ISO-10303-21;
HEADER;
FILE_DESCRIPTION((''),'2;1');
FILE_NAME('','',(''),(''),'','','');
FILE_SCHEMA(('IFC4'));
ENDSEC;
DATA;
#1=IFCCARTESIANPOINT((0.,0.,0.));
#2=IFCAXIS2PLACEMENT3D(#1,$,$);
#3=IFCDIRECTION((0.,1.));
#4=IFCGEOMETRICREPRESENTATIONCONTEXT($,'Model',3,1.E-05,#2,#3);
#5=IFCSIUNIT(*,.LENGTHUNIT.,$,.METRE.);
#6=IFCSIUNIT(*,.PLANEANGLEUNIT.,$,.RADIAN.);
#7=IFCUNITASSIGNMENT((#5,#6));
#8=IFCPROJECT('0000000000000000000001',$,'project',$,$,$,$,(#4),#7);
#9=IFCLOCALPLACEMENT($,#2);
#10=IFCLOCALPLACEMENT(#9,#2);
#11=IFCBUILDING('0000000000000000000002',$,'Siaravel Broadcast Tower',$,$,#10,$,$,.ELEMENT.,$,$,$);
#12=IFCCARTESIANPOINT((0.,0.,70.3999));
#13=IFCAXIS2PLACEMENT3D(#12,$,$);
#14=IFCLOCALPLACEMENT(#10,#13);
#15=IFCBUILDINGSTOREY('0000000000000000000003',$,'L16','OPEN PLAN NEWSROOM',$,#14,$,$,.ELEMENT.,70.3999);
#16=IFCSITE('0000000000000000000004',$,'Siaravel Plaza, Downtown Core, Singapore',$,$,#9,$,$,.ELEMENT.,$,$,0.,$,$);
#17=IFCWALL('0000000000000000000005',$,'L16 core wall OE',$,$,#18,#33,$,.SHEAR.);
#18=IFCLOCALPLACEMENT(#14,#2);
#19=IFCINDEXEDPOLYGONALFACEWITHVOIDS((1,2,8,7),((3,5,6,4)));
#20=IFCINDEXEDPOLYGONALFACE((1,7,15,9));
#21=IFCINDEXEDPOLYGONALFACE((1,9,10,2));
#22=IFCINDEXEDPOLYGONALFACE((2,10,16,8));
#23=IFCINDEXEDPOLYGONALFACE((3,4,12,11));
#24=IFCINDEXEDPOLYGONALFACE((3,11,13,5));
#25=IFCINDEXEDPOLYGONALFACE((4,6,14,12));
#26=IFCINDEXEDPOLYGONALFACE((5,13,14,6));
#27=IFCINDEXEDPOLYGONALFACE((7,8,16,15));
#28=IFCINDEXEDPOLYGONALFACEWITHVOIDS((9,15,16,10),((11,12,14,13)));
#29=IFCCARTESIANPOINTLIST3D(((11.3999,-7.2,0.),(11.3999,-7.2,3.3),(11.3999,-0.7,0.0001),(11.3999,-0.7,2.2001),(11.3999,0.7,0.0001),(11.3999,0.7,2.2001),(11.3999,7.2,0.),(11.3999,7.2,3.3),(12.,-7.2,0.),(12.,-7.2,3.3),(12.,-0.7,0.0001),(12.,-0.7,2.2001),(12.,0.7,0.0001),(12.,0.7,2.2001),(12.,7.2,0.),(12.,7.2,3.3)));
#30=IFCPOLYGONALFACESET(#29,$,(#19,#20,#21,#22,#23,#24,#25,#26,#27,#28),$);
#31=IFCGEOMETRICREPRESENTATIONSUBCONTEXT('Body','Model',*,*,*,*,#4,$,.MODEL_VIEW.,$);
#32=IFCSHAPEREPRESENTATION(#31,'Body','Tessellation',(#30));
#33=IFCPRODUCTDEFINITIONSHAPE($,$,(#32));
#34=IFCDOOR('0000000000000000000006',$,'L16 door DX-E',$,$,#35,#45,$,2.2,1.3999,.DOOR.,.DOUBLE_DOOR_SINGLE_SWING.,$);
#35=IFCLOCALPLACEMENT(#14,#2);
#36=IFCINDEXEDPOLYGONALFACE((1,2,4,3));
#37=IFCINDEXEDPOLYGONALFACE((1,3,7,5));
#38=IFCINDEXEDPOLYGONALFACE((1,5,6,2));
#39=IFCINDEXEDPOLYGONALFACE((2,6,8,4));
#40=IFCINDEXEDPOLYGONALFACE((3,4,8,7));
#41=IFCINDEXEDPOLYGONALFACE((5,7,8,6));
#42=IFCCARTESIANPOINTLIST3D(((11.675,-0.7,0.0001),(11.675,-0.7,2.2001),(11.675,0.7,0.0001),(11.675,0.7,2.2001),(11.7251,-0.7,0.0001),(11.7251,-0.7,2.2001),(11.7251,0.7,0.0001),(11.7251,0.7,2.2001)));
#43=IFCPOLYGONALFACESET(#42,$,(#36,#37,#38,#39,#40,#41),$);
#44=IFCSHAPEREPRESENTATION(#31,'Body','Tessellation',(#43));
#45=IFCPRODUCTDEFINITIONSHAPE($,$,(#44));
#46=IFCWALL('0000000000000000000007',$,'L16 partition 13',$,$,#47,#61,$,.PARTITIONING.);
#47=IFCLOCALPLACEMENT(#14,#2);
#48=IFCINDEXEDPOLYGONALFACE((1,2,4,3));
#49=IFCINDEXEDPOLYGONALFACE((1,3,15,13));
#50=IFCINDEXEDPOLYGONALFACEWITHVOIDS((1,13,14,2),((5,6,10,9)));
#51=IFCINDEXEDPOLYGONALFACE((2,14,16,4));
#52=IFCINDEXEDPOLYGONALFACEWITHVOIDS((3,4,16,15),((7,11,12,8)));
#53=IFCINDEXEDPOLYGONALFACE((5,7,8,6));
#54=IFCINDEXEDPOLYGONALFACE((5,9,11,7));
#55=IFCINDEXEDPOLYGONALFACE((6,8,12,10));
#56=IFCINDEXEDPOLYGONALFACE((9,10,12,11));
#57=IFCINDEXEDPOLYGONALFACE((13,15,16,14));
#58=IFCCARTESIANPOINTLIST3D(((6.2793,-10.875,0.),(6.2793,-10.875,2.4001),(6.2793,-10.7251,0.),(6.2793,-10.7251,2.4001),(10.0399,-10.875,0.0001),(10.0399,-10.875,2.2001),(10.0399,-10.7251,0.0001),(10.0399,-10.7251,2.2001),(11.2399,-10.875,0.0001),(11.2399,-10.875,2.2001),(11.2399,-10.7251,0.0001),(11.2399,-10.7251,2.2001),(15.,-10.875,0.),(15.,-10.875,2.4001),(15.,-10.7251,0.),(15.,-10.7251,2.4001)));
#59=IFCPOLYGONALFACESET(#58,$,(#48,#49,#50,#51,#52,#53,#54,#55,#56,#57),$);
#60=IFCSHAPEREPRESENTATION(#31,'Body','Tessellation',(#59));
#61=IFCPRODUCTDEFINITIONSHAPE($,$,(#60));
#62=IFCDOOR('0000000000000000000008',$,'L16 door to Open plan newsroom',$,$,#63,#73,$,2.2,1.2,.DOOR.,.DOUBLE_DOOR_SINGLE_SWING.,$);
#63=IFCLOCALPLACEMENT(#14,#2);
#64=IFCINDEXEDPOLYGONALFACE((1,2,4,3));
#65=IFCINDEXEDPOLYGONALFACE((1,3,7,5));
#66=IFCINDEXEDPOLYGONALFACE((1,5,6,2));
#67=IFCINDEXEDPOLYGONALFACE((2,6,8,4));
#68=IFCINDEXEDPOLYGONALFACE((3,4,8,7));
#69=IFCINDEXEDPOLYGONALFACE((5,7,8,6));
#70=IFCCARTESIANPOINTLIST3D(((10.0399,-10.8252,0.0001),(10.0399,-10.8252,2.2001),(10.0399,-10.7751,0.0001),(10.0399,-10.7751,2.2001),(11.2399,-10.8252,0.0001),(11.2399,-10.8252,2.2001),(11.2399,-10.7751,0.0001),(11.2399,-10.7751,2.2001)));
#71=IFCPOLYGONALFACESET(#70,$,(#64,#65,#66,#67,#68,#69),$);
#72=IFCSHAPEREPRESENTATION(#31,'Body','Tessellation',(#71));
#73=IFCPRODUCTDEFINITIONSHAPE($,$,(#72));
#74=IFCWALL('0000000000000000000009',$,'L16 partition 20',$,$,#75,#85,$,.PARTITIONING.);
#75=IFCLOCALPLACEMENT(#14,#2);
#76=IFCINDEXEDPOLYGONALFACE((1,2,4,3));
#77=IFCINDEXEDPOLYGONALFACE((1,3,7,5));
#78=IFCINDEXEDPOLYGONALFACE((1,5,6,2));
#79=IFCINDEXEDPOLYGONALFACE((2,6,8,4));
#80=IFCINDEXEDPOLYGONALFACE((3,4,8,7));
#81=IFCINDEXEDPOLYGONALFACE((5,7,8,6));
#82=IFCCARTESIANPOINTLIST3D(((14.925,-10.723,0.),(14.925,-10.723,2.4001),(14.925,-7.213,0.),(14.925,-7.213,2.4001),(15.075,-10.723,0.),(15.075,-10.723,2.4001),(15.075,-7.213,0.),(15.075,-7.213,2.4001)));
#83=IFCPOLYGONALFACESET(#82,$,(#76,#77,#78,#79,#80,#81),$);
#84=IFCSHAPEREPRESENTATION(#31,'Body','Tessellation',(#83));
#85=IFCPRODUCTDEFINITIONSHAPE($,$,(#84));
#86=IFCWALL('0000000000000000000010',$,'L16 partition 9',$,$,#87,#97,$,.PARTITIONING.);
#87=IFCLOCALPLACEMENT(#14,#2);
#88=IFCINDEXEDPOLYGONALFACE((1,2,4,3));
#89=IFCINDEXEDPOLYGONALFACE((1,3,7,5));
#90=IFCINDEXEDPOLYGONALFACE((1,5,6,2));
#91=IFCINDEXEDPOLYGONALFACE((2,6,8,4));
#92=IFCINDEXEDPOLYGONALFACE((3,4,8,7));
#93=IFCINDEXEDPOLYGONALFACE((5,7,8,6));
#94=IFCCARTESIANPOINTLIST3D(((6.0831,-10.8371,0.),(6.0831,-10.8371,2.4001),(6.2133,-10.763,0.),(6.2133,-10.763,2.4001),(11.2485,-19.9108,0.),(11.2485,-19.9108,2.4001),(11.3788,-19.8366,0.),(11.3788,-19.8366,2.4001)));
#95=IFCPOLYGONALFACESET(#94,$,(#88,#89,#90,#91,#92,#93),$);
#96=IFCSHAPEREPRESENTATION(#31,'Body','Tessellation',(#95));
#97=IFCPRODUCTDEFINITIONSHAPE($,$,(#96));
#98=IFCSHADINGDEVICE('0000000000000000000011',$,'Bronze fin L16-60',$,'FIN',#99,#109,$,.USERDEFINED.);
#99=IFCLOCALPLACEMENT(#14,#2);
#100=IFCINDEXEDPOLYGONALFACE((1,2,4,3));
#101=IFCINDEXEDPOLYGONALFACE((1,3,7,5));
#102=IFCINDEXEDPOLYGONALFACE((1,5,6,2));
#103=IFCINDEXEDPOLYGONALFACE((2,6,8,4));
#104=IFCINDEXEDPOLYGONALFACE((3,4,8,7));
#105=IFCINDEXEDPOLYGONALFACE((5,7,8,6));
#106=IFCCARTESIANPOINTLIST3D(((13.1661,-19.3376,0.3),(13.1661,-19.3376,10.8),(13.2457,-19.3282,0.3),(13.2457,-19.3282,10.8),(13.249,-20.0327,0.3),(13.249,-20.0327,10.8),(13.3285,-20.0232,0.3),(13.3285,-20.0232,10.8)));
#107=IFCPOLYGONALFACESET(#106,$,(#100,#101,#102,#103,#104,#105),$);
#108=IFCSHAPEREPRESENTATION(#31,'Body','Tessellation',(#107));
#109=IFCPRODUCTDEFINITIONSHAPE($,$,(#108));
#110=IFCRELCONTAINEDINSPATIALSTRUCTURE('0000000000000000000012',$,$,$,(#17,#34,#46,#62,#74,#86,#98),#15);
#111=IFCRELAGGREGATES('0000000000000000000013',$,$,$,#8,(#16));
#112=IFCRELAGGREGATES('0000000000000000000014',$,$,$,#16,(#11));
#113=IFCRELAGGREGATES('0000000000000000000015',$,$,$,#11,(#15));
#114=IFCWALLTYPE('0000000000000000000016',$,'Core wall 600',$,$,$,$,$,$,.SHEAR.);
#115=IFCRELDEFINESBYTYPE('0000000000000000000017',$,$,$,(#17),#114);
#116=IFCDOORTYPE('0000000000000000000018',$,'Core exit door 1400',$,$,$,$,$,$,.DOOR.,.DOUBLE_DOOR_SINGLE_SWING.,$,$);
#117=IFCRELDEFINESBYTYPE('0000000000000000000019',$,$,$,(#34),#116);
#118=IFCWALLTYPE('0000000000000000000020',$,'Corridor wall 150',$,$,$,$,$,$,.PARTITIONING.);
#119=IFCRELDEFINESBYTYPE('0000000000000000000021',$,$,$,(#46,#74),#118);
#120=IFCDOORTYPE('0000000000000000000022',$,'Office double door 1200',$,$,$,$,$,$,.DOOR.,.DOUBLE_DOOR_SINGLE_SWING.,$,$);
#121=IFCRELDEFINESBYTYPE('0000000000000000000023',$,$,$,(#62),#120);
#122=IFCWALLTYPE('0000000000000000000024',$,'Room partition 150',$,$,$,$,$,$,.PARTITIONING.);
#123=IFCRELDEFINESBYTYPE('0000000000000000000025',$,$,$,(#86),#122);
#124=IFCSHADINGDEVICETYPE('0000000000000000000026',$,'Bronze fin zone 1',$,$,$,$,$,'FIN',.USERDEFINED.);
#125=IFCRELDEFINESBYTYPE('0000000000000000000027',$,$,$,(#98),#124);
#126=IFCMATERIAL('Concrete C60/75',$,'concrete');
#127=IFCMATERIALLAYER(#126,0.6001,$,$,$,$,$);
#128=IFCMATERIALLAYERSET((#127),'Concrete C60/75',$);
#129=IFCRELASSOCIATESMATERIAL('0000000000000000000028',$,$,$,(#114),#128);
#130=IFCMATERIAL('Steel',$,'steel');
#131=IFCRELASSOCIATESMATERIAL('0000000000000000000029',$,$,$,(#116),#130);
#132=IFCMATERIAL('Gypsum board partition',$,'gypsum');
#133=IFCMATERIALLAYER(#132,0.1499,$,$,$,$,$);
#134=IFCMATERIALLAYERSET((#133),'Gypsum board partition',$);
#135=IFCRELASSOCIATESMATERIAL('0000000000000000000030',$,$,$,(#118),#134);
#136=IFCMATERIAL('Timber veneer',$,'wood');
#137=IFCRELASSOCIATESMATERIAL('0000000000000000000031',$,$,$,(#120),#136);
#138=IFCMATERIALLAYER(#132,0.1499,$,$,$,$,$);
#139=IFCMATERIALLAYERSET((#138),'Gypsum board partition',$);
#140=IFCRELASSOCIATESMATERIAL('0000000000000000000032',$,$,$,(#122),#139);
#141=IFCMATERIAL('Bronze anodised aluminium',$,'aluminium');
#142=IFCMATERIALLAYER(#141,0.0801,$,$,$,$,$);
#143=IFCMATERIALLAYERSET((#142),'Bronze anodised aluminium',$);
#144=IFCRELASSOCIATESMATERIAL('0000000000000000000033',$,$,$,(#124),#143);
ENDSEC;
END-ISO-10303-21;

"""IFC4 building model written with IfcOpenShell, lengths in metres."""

from ifc_helpers import new_model, si_unit, direction, frame, frame_2d, origin, origin_2d, place, context, subcontext, project, spatial, rectangle, extrude, material, layer, layer_set, type_object, element, fill, save


model = new_model("IFC4")

# Units and contexts
model_context = context("Model", 3, precision=1e-05, world=origin(), true_north=direction((0.0, 1.0)))
body_context = subcontext(model_context, "Body", "Model", "MODEL_VIEW")
ifc_project = project(units=[si_unit("LENGTHUNIT", "METRE"), si_unit("PLANEANGLEUNIT", "RADIAN")], contexts=[model_context])

# Site, building, storey
site_placement = place(None, origin())
site = spatial("IfcSite", under=ifc_project, at=site_placement, Name="Siaravel Plaza, Downtown Core, Singapore", CompositionType="ELEMENT", RefElevation=0.0)
building_placement = place(site_placement, origin())
building = spatial("IfcBuilding", under=site, at=building_placement, Name="Siaravel Broadcast Tower", CompositionType="ELEMENT")
storey_placement = place(building_placement, frame((0.0, 0.0, 70.3999)))
storey = spatial("IfcBuildingStorey", under=building, at=storey_placement, Name="L16", Description="OPEN PLAN NEWSROOM", CompositionType="ELEMENT", Elevation=70.3999)

# Walls, openings, doors
ifc_material_1 = material(Name="Concrete C60/75", Category="concrete")
ifc_layer_1 = layer(ifc_material_1, 0.6001)
ifc_layer_set_1 = layer_set([ifc_layer_1], Name="Concrete C60/75")
wall_type_1 = type_object("IfcWallType", Name="Core wall 600", PredefinedType="SHEAR", material=ifc_layer_set_1)
wall_1_placement = place(storey_placement, frame((11.7, -7.2, 0.0), z_axis=(0.0, 0.0, 1.0), x_axis=(0.0, 1.0, 0.0)))
wall_1 = element("IfcWall", 1, at=wall_1_placement, inside=storey, type_object=wall_type_1, Name="L16 core wall OE", PredefinedType="SHEAR", context=body_context, shape_type="SweptSolid", body=[
    extrude(rectangle(XDim=14.3999, YDim=0.6001, at=frame_2d((7.2, 0.0))), origin(), (0.0, 0.0, 1.0), 3.3),
])
opening_1_placement = place(wall_1_placement, frame((6.5, 0.0, 0.0)))
opening_1 = element("IfcOpeningElement", 2, at=opening_1_placement, cuts=wall_1, PredefinedType="OPENING", context=body_context, shape_type="SweptSolid", body=[
    extrude(rectangle(XDim=1.3999, YDim=2.2, at=frame_2d((0.7, 1.1001))), frame((0.0, 0.3101, 0.0), z_axis=(0.0, -1.0, 0.0), x_axis=(1.0, 0.0, 0.0)), (0.0, 0.0, 1.0), 0.6201),
])
ifc_material_2 = material(Name="Steel", Category="steel")
door_type_1 = type_object("IfcDoorType", Name="Core exit door 1400", OperationType="DOUBLE_DOOR_SINGLE_SWING", PredefinedType="DOOR", material=ifc_material_2)
door_1_placement = place(opening_1_placement, origin())
door_1 = element("IfcDoor", 3, at=door_1_placement, inside=storey, type_object=door_type_1, Name="L16 door DX-E", OperationType="DOUBLE_DOOR_SINGLE_SWING", OverallHeight=2.2, OverallWidth=1.3999, PredefinedType="DOOR", context=body_context, shape_type="SweptSolid", body=[
    extrude(rectangle(XDim=1.3999, YDim=2.2, at=frame_2d((0.7, 1.1001))), frame((0.0, 0.0249, 0.0), z_axis=(0.0, -1.0, 0.0), x_axis=(1.0, 0.0, 0.0)), (0.0, 0.0, 1.0), 0.05),
])
fill(opening_1, door_1)
ifc_material_3 = material(Name="Gypsum board partition", Category="gypsum")
ifc_layer_2 = layer(ifc_material_3, 0.1499)
ifc_layer_set_2 = layer_set([ifc_layer_2], Name="Gypsum board partition")
wall_type_2 = type_object("IfcWallType", Name="Corridor wall 150", PredefinedType="PARTITIONING", material=ifc_layer_set_2)
wall_2_placement = place(storey_placement, frame((6.2793, -10.8, 0.0), z_axis=(0.0, 0.0, 1.0), x_axis=(1.0, 0.0, 0.0)))
wall_2 = element("IfcWall", 4, at=wall_2_placement, inside=storey, type_object=wall_type_2, Name="L16 partition 13", PredefinedType="PARTITIONING", context=body_context, shape_type="SweptSolid", body=[
    extrude(rectangle(XDim=8.7207, YDim=0.1499, at=frame_2d((4.3604, 0.0))), origin(), (0.0, 0.0, 1.0), 2.4001),
])
opening_2_placement = place(wall_2_placement, frame((3.7605, 0.0, 0.0)))
opening_2 = element("IfcOpeningElement", 5, at=opening_2_placement, cuts=wall_2, PredefinedType="OPENING", context=body_context, shape_type="SweptSolid", body=[
    extrude(rectangle(XDim=1.2, YDim=2.2, at=frame_2d((0.6001, 1.1001))), frame((0.0, 0.085, 0.0), z_axis=(0.0, -1.0, 0.0), x_axis=(1.0, 0.0, 0.0)), (0.0, 0.0, 1.0), 0.1699),
])
ifc_material_4 = material(Name="Timber veneer", Category="wood")
door_type_2 = type_object("IfcDoorType", Name="Office double door 1200", OperationType="DOUBLE_DOOR_SINGLE_SWING", PredefinedType="DOOR", material=ifc_material_4)
door_2_placement = place(opening_2_placement, origin())
door_2 = element("IfcDoor", 6, at=door_2_placement, inside=storey, type_object=door_type_2, Name="L16 door to Open plan newsroom", OperationType="DOUBLE_DOOR_SINGLE_SWING", OverallHeight=2.2, OverallWidth=1.2, PredefinedType="DOOR", context=body_context, shape_type="SweptSolid", body=[
    extrude(rectangle(XDim=1.2, YDim=2.2, at=frame_2d((0.6001, 1.1001))), frame((0.0, 0.0249, 0.0), z_axis=(0.0, -1.0, 0.0), x_axis=(1.0, 0.0, 0.0)), (0.0, 0.0, 1.0), 0.05),
])
fill(opening_2, door_2)

# Wall
wall_3_placement = place(storey_placement, frame((15.0, -10.7229, 0.0), z_axis=(0.0, 0.0, 1.0), x_axis=(0.0, 1.0, 0.0)))
element("IfcWall", 7, at=wall_3_placement, inside=storey, type_object=wall_type_2, Name="L16 partition 20", PredefinedType="PARTITIONING", context=body_context, shape_type="SweptSolid", body=[
    extrude(rectangle(XDim=3.51, YDim=0.1499, at=frame_2d((1.7549, 0.0))), origin(), (0.0, 0.0, 1.0), 2.4001),
])

# Wall
ifc_layer_3 = layer(ifc_material_3, 0.1499)
ifc_layer_set_3 = layer_set([ifc_layer_3], Name="Gypsum board partition")
wall_type_3 = type_object("IfcWallType", Name="Room partition 150", PredefinedType="PARTITIONING", material=ifc_layer_set_3)
wall_4_placement = place(storey_placement, frame((6.1482, -10.8, 0.0), z_axis=(0.0, 0.0, 1.0), x_axis=(0.494733, -0.869045, 0.0)))
element("IfcWall", 8, at=wall_4_placement, inside=storey, type_object=wall_type_3, Name="L16 partition 9", PredefinedType="PARTITIONING", context=body_context, shape_type="SweptSolid", body=[
    extrude(rectangle(XDim=10.4409, YDim=0.1499, at=frame_2d((5.2205, 0.0))), origin(), (0.0, 0.0, 1.0), 2.4001),
])

# Shading device
ifc_material_5 = material(Name="Bronze anodised aluminium", Category="aluminium")
ifc_layer_4 = layer(ifc_material_5, 0.0801)
ifc_layer_set_4 = layer_set([ifc_layer_4], Name="Bronze anodised aluminium")
shading_device_type = type_object("IfcShadingDeviceType", Name="Bronze fin zone 1", ElementType="FIN", PredefinedType="USERDEFINED", material=ifc_layer_set_4)
shading_device_placement = place(storey_placement, frame((13.2473, -19.6804, 0.3), z_axis=(0.0, 0.0, 1.0), x_axis=(0.118321, -0.992975, 0.0)))
element("IfcShadingDevice", 9, at=shading_device_placement, inside=storey, type_object=shading_device_type, Name="Bronze fin L16-60", ObjectType="FIN", PredefinedType="USERDEFINED", context=body_context, shape_type="SweptSolid", body=[
    extrude(rectangle(XDim=0.7, YDim=0.0801, at=origin_2d()), origin(), (0.0, 0.0, 1.0), 10.5),
])

save(model, "model.ifc")
